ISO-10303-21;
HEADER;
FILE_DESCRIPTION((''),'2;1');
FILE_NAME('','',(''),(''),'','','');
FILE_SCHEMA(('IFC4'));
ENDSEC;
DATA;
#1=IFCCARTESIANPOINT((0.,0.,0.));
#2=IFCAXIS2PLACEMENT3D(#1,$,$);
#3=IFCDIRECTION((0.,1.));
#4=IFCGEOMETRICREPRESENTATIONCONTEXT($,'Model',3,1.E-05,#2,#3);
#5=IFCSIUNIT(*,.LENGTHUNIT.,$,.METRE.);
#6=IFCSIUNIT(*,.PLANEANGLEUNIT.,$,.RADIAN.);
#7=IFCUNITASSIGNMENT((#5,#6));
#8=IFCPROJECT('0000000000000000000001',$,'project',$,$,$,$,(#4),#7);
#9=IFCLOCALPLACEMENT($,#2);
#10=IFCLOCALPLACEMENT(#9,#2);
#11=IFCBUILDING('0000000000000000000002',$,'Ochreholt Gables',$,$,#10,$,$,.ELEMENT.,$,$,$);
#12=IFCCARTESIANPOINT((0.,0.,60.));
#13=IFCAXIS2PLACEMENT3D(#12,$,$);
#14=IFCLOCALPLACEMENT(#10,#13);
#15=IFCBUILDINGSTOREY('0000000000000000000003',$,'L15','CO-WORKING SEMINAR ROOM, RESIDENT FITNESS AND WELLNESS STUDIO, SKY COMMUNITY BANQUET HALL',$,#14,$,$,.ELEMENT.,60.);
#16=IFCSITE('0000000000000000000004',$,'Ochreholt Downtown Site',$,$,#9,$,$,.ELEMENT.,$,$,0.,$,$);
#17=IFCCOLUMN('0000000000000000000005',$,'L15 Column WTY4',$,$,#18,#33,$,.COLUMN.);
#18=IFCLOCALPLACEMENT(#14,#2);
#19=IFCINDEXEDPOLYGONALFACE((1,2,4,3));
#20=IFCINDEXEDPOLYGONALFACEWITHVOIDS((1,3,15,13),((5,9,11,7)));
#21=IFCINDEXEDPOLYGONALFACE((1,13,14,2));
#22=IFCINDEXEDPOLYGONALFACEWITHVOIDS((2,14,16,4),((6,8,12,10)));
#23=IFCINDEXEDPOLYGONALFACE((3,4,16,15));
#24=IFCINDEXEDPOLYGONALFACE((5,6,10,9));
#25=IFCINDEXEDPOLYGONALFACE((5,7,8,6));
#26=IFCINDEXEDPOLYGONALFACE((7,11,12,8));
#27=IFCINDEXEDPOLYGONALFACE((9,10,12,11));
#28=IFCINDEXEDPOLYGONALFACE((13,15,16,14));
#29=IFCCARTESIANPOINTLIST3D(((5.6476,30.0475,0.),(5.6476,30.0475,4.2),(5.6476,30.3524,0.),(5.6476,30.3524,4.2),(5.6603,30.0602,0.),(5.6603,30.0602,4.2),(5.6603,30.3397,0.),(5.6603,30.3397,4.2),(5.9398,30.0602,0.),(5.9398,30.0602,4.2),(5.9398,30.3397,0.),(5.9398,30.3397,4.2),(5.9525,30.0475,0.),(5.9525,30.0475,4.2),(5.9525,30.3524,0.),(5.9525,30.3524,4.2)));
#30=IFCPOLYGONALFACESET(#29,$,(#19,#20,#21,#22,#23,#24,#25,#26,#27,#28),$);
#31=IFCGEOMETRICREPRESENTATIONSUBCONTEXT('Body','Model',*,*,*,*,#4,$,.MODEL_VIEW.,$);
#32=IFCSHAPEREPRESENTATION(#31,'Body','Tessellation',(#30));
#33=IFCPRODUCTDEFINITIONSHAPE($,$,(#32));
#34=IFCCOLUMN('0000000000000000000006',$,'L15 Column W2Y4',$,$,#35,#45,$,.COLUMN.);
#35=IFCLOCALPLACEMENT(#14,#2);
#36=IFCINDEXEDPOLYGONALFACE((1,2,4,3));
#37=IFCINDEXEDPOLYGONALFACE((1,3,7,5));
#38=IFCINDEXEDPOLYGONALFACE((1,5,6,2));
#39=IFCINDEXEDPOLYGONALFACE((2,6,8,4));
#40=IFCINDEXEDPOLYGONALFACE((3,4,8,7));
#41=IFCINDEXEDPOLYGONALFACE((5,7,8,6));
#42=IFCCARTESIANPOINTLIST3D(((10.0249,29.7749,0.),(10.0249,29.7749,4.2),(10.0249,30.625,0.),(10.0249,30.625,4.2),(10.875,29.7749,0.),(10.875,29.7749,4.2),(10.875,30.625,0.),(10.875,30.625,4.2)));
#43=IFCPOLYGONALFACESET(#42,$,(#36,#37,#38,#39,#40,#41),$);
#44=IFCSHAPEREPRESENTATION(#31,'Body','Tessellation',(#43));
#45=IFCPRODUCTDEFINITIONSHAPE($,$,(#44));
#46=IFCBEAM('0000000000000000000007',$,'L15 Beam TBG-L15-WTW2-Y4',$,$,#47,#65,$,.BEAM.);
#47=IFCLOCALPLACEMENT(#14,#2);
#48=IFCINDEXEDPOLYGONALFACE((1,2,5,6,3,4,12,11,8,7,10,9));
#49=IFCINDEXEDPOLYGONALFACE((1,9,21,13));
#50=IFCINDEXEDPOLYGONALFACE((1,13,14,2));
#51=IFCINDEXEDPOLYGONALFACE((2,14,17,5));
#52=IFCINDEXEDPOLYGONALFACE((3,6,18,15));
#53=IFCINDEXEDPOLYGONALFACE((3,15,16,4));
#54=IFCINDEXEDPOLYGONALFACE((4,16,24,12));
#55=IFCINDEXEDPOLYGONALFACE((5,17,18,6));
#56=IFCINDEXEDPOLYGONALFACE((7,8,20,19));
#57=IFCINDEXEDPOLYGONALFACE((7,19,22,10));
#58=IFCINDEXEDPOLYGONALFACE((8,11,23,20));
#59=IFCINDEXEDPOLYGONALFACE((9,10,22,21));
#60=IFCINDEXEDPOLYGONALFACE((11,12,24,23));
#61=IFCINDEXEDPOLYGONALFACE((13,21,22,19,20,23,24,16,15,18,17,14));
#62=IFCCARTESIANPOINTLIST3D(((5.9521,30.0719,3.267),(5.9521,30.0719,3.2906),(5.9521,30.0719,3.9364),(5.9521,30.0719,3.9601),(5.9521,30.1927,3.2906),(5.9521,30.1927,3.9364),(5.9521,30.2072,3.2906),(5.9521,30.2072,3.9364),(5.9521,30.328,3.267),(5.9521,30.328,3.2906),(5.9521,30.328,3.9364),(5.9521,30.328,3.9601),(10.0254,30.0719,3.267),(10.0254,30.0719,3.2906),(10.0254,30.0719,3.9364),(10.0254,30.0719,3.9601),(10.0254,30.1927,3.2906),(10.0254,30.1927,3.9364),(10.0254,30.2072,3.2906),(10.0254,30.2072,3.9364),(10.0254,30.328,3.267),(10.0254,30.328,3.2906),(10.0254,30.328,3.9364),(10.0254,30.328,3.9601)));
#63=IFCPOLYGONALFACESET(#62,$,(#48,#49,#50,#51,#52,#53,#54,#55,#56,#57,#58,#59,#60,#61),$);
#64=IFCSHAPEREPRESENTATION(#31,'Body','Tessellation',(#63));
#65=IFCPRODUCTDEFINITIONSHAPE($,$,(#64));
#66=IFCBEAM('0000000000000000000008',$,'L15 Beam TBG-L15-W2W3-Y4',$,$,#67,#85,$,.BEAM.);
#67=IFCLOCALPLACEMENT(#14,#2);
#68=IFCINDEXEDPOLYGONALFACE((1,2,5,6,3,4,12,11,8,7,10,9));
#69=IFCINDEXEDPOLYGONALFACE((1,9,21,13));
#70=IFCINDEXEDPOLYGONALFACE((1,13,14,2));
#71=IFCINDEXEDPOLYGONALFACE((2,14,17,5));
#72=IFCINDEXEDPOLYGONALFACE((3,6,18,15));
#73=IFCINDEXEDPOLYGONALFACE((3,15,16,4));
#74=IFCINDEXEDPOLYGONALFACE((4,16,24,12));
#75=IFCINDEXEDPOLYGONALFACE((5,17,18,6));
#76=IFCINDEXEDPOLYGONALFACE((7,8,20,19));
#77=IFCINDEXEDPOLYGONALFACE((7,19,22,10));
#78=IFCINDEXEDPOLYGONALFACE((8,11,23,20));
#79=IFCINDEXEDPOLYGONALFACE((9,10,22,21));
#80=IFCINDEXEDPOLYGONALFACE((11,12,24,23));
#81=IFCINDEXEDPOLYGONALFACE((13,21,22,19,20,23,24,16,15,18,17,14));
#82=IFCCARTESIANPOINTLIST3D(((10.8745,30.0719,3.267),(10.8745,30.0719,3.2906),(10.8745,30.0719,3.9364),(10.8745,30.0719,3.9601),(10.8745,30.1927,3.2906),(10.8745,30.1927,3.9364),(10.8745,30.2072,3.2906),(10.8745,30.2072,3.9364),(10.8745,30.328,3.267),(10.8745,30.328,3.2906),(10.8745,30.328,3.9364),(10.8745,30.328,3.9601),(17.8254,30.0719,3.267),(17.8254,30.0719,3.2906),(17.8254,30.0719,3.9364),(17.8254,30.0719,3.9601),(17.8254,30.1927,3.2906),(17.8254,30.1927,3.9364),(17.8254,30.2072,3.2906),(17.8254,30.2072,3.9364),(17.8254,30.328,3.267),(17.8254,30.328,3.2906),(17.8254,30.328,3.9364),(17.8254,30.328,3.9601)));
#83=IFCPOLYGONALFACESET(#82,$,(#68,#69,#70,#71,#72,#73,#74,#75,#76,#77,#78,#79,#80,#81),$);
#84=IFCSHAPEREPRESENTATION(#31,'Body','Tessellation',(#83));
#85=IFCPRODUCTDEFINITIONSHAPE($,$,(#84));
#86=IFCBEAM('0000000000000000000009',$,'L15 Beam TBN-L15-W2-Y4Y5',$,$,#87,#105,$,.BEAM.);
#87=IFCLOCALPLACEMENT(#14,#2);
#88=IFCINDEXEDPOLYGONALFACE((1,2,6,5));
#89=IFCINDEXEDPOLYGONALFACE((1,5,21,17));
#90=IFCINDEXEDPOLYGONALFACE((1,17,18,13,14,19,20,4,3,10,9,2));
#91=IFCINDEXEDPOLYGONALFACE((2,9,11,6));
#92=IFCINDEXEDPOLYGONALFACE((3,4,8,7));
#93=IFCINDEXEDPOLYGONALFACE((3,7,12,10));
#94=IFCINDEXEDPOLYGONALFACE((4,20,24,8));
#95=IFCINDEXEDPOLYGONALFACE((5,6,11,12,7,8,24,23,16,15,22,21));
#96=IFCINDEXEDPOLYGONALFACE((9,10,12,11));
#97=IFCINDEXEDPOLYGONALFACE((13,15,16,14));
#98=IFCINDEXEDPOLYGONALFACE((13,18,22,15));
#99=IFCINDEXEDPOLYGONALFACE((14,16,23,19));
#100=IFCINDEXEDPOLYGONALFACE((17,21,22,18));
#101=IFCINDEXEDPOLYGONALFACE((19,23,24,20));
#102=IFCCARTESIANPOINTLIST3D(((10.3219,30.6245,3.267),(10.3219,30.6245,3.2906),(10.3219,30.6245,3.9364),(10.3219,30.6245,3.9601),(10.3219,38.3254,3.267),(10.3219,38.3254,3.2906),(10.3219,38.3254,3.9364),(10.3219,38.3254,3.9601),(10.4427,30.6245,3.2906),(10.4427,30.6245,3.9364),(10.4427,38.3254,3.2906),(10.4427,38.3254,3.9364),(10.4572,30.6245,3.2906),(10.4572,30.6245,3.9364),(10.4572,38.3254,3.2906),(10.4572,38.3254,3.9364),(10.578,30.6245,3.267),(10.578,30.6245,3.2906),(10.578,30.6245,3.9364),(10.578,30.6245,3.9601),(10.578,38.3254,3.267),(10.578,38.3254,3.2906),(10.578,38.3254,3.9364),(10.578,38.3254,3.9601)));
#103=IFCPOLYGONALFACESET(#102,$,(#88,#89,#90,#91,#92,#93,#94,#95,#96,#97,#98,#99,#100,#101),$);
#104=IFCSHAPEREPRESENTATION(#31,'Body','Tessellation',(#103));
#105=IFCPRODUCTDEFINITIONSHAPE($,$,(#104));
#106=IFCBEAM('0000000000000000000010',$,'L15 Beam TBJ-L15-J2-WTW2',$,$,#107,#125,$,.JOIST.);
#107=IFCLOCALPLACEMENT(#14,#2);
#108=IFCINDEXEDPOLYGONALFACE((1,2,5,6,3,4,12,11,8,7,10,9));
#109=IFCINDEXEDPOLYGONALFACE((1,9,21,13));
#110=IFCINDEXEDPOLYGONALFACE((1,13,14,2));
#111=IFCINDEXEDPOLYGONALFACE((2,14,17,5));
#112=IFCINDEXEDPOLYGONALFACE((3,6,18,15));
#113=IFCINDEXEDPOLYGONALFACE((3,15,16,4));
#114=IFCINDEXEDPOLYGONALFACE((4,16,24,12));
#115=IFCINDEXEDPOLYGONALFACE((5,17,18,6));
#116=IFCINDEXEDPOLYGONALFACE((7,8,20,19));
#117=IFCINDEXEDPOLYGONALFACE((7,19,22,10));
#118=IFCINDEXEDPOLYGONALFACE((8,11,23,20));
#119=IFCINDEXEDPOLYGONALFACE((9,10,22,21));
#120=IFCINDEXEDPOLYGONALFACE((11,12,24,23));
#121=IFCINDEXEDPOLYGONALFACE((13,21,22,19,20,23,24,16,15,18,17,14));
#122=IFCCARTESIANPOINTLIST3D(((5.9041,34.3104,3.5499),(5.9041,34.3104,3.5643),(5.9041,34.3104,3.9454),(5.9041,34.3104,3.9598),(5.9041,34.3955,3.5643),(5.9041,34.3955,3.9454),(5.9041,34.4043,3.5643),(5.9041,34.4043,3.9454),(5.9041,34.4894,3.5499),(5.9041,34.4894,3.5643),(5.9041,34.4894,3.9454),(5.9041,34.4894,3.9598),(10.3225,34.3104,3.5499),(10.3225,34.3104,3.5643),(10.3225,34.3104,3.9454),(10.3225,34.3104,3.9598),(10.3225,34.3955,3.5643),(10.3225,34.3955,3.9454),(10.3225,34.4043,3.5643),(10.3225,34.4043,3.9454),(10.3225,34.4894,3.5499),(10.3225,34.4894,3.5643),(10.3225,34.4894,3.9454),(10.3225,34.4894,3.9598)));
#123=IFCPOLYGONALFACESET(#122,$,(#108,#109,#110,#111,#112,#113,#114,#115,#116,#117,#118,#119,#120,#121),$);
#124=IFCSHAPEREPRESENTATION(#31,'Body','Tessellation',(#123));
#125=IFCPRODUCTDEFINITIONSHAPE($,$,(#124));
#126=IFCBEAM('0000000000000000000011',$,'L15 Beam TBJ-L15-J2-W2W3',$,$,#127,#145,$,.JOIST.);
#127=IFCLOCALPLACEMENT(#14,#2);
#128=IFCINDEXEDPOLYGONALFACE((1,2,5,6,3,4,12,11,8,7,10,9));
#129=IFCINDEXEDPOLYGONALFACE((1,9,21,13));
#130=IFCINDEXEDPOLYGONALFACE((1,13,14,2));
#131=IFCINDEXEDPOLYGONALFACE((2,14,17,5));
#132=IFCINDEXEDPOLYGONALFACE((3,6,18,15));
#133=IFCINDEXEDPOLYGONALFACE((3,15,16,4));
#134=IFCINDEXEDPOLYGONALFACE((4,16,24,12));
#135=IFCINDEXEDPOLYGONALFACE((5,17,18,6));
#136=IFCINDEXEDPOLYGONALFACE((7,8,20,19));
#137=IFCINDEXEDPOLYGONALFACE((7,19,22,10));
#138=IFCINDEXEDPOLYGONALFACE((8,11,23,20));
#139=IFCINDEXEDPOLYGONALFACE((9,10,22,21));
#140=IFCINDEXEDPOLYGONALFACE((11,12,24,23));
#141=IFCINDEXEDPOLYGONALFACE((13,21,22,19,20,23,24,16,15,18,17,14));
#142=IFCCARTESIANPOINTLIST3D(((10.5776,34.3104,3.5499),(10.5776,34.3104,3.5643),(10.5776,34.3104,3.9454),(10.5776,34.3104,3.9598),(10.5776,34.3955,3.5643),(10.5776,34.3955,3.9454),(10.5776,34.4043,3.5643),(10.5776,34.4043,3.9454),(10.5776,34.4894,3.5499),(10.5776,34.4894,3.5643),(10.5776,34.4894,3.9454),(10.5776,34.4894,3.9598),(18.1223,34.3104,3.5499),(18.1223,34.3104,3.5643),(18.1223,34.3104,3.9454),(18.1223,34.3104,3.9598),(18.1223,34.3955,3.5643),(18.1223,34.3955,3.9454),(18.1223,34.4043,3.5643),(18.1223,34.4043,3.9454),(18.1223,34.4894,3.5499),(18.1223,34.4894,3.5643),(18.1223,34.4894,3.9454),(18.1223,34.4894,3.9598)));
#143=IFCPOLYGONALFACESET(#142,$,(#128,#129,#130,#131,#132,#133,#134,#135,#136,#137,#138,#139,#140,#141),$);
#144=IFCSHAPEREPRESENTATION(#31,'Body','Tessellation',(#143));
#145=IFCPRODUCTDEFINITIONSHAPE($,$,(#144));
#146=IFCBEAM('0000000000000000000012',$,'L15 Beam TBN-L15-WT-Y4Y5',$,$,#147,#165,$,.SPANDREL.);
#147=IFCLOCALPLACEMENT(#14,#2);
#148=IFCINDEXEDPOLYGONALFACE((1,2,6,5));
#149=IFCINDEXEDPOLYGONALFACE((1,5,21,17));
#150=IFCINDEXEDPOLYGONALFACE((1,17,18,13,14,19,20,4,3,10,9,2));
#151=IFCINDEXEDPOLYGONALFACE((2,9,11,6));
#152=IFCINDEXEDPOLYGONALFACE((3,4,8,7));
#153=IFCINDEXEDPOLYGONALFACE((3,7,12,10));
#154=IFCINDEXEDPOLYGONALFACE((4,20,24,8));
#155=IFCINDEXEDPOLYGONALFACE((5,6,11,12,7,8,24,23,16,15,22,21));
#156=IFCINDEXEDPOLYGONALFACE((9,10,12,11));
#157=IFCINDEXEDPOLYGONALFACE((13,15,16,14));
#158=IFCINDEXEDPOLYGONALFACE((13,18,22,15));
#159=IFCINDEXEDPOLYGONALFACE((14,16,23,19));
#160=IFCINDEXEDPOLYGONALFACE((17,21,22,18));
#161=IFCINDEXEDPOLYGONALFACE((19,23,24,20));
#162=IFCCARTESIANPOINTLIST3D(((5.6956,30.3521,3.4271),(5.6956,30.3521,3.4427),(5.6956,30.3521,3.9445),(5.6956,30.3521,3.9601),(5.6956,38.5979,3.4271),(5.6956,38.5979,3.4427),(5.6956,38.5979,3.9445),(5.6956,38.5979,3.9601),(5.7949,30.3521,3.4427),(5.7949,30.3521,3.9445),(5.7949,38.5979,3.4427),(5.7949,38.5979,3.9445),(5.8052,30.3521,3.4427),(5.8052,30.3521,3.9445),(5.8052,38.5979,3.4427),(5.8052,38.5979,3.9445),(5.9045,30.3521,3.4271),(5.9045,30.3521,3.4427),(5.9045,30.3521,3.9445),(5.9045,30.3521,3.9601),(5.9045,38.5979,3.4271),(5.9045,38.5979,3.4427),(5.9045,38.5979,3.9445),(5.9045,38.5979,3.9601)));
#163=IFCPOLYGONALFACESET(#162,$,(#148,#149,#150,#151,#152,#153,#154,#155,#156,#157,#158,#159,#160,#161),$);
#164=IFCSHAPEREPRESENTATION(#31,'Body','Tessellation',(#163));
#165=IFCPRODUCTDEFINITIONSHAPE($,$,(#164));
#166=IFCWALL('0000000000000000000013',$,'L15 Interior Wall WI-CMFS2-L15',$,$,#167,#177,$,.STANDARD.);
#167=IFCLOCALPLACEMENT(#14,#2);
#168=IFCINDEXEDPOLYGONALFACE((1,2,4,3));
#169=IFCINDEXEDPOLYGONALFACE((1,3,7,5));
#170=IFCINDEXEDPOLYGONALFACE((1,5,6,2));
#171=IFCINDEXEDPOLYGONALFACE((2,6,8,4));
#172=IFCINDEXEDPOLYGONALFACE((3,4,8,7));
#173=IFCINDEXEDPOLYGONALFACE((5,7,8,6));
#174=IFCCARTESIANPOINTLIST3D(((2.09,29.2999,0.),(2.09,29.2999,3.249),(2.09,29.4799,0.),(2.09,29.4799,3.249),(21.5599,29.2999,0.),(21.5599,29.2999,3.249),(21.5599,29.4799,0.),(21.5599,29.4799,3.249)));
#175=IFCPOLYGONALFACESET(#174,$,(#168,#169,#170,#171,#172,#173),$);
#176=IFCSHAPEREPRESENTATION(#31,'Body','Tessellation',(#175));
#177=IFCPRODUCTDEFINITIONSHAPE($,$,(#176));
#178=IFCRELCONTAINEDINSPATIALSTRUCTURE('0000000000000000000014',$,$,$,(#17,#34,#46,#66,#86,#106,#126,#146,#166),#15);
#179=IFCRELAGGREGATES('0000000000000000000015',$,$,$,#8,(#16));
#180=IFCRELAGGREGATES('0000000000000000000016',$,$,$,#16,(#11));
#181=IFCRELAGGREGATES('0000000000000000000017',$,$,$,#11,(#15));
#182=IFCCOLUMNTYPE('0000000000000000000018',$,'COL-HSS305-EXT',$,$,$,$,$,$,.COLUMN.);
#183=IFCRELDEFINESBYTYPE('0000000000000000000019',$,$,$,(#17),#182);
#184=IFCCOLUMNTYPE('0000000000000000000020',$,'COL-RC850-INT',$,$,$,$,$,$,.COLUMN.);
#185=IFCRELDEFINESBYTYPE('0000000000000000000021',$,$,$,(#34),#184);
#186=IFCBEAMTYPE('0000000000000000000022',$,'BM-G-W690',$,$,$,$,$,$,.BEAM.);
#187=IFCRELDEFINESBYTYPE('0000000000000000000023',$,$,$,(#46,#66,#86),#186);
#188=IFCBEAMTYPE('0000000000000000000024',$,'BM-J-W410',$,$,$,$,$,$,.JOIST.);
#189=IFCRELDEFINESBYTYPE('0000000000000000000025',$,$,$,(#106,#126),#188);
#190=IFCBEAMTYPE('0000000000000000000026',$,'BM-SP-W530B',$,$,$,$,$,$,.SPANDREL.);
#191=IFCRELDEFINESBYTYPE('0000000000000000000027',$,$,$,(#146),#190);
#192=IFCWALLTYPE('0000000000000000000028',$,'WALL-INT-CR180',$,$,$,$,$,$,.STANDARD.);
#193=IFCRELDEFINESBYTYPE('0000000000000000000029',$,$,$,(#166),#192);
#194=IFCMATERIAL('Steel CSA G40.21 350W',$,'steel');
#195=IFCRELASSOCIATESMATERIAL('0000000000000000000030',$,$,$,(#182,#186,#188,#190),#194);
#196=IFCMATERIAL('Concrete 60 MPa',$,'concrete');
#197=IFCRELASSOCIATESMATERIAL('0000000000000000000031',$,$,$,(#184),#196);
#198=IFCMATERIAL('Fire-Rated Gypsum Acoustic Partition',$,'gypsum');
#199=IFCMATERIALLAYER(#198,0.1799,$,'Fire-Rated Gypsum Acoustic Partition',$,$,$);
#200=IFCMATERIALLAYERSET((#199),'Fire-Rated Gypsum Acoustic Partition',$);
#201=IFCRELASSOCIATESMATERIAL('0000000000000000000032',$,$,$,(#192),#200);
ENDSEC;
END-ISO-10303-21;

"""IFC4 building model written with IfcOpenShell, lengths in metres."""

from ifc_helpers import new_model, si_unit, direction, frame, frame_2d, origin, origin_2d, place, context, subcontext, project, spatial, rectangle, hollow_rectangle, i_section, extrude, material, layer, layer_set, material_profile, profile_set, type_object, element, save


model = new_model("IFC4")

# Units and contexts
model_context = context("Model", 3, precision=1e-05, world=origin(), true_north=direction((0.0, 1.0)))
body_context = subcontext(model_context, "Body", "Model", "MODEL_VIEW")
ifc_project = project(units=[si_unit("LENGTHUNIT", "METRE"), si_unit("PLANEANGLEUNIT", "RADIAN")], contexts=[model_context])

# Site, building, storey
site_placement = place(None, origin())
site = spatial("IfcSite", under=ifc_project, at=site_placement, Name="Ochreholt Downtown Site", CompositionType="ELEMENT", RefElevation=0.0)
building_placement = place(site_placement, origin())
building = spatial("IfcBuilding", under=site, at=building_placement, Name="Ochreholt Gables", CompositionType="ELEMENT")
storey_placement = place(building_placement, frame((0.0, 0.0, 60.0)))
storey = spatial("IfcBuildingStorey", under=building, at=storey_placement, Name="L15", Description="CO-WORKING SEMINAR ROOM, RESIDENT FITNESS AND WELLNESS STUDIO, SKY COMMUNITY BANQUET HALL", CompositionType="ELEMENT", Elevation=60.0)

# Columns
ifc_material_1 = material(Name="Steel CSA G40.21 350W", Category="steel")
ifc_material_profile_1 = material_profile(ifc_material_1, hollow_rectangle(XDim=0.3049, YDim=0.3049, WallThickness=0.0127, at=origin_2d()), Name="HSS305X305X13")
ifc_profile_set_1 = profile_set([ifc_material_profile_1], Name="Steel CSA G40.21 350W")
column_type_1 = type_object("IfcColumnType", Name="COL-HSS305-EXT", PredefinedType="COLUMN", material=ifc_profile_set_1)
column_1_placement = place(storey_placement, frame((5.8, 30.2, 0.0), z_axis=(0.0, 0.0, 1.0), x_axis=(1.0, 0.0, 0.0)))
element("IfcColumn", 1, at=column_1_placement, inside=storey, type_object=column_type_1, Name="L15 Column WTY4", PredefinedType="COLUMN", context=body_context, shape_type="SweptSolid", body=[
    extrude(hollow_rectangle(XDim=0.3049, YDim=0.3049, WallThickness=0.0127, at=origin_2d()), origin(), (0.0, 0.0, 1.0), 4.2),
])
ifc_material_2 = material(Name="Concrete 60 MPa", Category="concrete")
ifc_material_profile_2 = material_profile(ifc_material_2, rectangle(XDim=0.8501, YDim=0.8501, at=origin_2d()), Name="RC850X850")
ifc_profile_set_2 = profile_set([ifc_material_profile_2], Name="Concrete 60 MPa")
column_type_2 = type_object("IfcColumnType", Name="COL-RC850-INT", PredefinedType="COLUMN", material=ifc_profile_set_2)
column_2_placement = place(storey_placement, frame((10.45, 30.2, 0.0), z_axis=(0.0, 0.0, 1.0), x_axis=(1.0, 0.0, 0.0)))
element("IfcColumn", 2, at=column_2_placement, inside=storey, type_object=column_type_2, Name="L15 Column W2Y4", PredefinedType="COLUMN", context=body_context, shape_type="SweptSolid", body=[
    extrude(rectangle(XDim=0.8501, YDim=0.8501, at=origin_2d()), origin(), (0.0, 0.0, 1.0), 4.2),
])

# Beams
ifc_material_profile_3 = material_profile(ifc_material_1, i_section(OverallWidth=0.2561, OverallDepth=0.6931, WebThickness=0.0144, FlangeThickness=0.0237, at=origin_2d()), Name="W690X170")
ifc_profile_set_3 = profile_set([ifc_material_profile_3], Name="Steel CSA G40.21 350W")
beam_type_1 = type_object("IfcBeamType", Name="BM-G-W690", PredefinedType="BEAM", material=ifc_profile_set_3)
beam_1_placement = place(storey_placement, frame((5.9521, 30.2, 3.6135), z_axis=(1.0, 0.0, 0.0), x_axis=(0.0, 1.0, 0.0)))
element("IfcBeam", 3, at=beam_1_placement, inside=storey, type_object=beam_type_1, Name="L15 Beam TBG-L15-WTW2-Y4", PredefinedType="BEAM", context=body_context, shape_type="SweptSolid", body=[
    extrude(i_section(OverallWidth=0.2561, OverallDepth=0.6931, WebThickness=0.0144, FlangeThickness=0.0237, at=origin_2d()), origin(), (0.0, 0.0, 1.0), 4.0732),
])
beam_2_placement = place(storey_placement, frame((10.8745, 30.2, 3.6135), z_axis=(1.0, 0.0, 0.0), x_axis=(0.0, 1.0, 0.0)))
element("IfcBeam", 4, at=beam_2_placement, inside=storey, type_object=beam_type_1, Name="L15 Beam TBG-L15-W2W3-Y4", PredefinedType="BEAM", context=body_context, shape_type="SweptSolid", body=[
    extrude(i_section(OverallWidth=0.2561, OverallDepth=0.6931, WebThickness=0.0144, FlangeThickness=0.0237, at=origin_2d()), origin(), (0.0, 0.0, 1.0), 6.9509),
])
beam_3_placement = place(storey_placement, frame((10.45, 30.6245, 3.6135), z_axis=(0.0, 1.0, 0.0), x_axis=(-1.0, 0.0, 0.0)))
element("IfcBeam", 5, at=beam_3_placement, inside=storey, type_object=beam_type_1, Name="L15 Beam TBN-L15-W2-Y4Y5", PredefinedType="BEAM", context=body_context, shape_type="SweptSolid", body=[
    extrude(i_section(OverallWidth=0.2561, OverallDepth=0.6931, WebThickness=0.0144, FlangeThickness=0.0237, at=origin_2d()), origin(), (0.0, 0.0, 1.0), 7.7009),
])
ifc_material_profile_4 = material_profile(ifc_material_1, i_section(OverallWidth=0.179, OverallDepth=0.4099, WebThickness=0.0088, FlangeThickness=0.0144, at=origin_2d()), Name="W410X67")
ifc_profile_set_4 = profile_set([ifc_material_profile_4], Name="Steel CSA G40.21 350W")
beam_type_2 = type_object("IfcBeamType", Name="BM-J-W410", PredefinedType="JOIST", material=ifc_profile_set_4)
beam_4_placement = place(storey_placement, frame((5.9041, 34.3999, 3.7549), z_axis=(1.0, 0.0, 0.0), x_axis=(0.0, 1.0, 0.0)))
element("IfcBeam", 6, at=beam_4_placement, inside=storey, type_object=beam_type_2, Name="L15 Beam TBJ-L15-J2-WTW2", PredefinedType="JOIST", context=body_context, shape_type="SweptSolid", body=[
    extrude(i_section(OverallWidth=0.179, OverallDepth=0.4099, WebThickness=0.0088, FlangeThickness=0.0144, at=origin_2d()), origin(), (0.0, 0.0, 1.0), 4.4185),
])
beam_5_placement = place(storey_placement, frame((10.5776, 34.3999, 3.7549), z_axis=(1.0, 0.0, 0.0), x_axis=(0.0, 1.0, 0.0)))
element("IfcBeam", 7, at=beam_5_placement, inside=storey, type_object=beam_type_2, Name="L15 Beam TBJ-L15-J2-W2W3", PredefinedType="JOIST", context=body_context, shape_type="SweptSolid", body=[
    extrude(i_section(OverallWidth=0.179, OverallDepth=0.4099, WebThickness=0.0088, FlangeThickness=0.0144, at=origin_2d()), origin(), (0.0, 0.0, 1.0), 7.5447),
])
ifc_material_profile_5 = material_profile(ifc_material_1, i_section(OverallWidth=0.209, OverallDepth=0.533, WebThickness=0.0103, FlangeThickness=0.0156, at=origin_2d()), Name="W530X92")
ifc_profile_set_5 = profile_set([ifc_material_profile_5], Name="Steel CSA G40.21 350W")
beam_type_3 = type_object("IfcBeamType", Name="BM-SP-W530B", PredefinedType="SPANDREL", material=ifc_profile_set_5)
beam_6_placement = place(storey_placement, frame((5.8, 30.3521, 3.6936), z_axis=(0.0, 1.0, 0.0), x_axis=(-1.0, 0.0, 0.0)))
element("IfcBeam", 8, at=beam_6_placement, inside=storey, type_object=beam_type_3, Name="L15 Beam TBN-L15-WT-Y4Y5", PredefinedType="SPANDREL", context=body_context, shape_type="SweptSolid", body=[
    extrude(i_section(OverallWidth=0.209, OverallDepth=0.533, WebThickness=0.0103, FlangeThickness=0.0156, at=origin_2d()), origin(), (0.0, 0.0, 1.0), 8.2458),
])

# Wall
ifc_material_3 = material(Name="Fire-Rated Gypsum Acoustic Partition", Category="gypsum")
ifc_layer_1 = layer(ifc_material_3, 0.1799, Name="Fire-Rated Gypsum Acoustic Partition")
ifc_layer_set_1 = layer_set([ifc_layer_1], Name="Fire-Rated Gypsum Acoustic Partition")
wall_type_1 = type_object("IfcWallType", Name="WALL-INT-CR180", PredefinedType="STANDARD", material=ifc_layer_set_1)
wall_1_placement = place(storey_placement, frame((2.0901, 29.3899, 0.0), z_axis=(0.0, 0.0, 1.0), x_axis=(1.0, 0.0, 0.0)))
element("IfcWall", 9, at=wall_1_placement, inside=storey, type_object=wall_type_1, Name="L15 Interior Wall WI-CMFS2-L15", PredefinedType="STANDARD", context=body_context, shape_type="SweptSolid", body=[
    extrude(rectangle(XDim=19.47, YDim=0.1799, at=frame_2d((9.7349, 0.0))), origin(), (0.0, 0.0, 1.0), 3.249),
])

save(model, "model.ifc")
